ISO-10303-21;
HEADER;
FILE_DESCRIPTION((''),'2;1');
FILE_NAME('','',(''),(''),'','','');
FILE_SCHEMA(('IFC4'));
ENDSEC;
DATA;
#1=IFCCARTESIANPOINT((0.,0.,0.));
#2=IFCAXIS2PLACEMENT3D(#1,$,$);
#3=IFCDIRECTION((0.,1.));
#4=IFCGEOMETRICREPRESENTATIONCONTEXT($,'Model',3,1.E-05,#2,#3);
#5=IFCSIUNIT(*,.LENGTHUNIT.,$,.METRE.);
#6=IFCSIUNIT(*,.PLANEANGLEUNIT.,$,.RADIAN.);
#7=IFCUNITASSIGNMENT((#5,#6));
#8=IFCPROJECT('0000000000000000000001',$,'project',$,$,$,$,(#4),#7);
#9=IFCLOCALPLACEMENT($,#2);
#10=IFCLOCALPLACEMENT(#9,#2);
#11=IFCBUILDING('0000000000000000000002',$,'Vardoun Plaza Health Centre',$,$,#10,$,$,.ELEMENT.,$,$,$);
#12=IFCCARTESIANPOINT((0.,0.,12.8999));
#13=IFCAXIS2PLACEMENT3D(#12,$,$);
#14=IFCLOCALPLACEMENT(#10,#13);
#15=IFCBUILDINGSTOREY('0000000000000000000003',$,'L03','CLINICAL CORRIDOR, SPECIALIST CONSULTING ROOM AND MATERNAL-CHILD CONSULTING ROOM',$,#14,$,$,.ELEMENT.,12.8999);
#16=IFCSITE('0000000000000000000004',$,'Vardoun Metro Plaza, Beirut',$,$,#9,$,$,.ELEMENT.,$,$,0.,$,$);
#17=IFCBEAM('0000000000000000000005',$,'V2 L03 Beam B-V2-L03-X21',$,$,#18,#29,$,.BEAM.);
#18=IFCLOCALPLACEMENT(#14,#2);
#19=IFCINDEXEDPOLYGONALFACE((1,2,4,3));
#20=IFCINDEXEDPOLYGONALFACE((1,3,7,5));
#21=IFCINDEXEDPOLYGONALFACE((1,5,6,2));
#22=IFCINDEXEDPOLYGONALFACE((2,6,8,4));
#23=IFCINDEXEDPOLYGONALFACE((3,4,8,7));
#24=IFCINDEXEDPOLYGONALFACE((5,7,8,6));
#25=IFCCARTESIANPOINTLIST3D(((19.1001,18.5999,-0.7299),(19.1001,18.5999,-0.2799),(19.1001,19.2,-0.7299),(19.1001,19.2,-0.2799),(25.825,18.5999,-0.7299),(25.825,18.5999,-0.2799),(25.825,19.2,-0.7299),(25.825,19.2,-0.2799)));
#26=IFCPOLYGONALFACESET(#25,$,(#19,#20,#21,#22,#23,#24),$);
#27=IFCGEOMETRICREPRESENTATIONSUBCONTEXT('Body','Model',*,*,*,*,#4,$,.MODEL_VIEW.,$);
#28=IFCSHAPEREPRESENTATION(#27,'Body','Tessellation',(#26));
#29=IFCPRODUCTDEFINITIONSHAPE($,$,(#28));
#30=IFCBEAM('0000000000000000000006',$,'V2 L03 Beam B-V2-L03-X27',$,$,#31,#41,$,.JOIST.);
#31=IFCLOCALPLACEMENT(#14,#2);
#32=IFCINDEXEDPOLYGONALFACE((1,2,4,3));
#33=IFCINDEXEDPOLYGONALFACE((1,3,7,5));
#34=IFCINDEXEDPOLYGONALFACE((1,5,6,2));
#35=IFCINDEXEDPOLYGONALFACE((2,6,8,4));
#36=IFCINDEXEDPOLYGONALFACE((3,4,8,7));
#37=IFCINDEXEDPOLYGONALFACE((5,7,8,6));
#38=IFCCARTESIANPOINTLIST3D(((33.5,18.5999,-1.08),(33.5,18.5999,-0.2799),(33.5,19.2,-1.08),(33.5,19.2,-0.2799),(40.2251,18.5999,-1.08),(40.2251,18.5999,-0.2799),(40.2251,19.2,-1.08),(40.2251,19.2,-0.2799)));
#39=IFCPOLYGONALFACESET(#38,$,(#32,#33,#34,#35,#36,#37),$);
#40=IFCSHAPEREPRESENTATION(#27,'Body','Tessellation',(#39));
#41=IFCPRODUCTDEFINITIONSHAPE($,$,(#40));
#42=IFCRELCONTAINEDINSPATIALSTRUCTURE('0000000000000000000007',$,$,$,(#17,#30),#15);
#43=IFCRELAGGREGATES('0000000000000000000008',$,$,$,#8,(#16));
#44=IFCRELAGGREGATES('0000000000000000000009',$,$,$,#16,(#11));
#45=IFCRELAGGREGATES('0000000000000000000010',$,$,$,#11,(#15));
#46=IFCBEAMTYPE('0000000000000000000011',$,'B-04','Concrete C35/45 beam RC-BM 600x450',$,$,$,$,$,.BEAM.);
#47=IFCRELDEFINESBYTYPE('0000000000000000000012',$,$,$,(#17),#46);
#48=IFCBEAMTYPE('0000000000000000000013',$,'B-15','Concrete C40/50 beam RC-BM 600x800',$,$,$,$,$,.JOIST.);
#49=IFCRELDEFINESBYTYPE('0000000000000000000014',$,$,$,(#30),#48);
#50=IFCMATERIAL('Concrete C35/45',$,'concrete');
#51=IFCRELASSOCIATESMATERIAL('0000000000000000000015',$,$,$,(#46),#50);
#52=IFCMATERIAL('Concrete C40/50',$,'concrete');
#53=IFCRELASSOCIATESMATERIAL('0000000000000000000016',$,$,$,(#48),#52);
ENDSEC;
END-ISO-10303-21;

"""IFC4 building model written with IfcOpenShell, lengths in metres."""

from ifc_helpers import new_model, si_unit, direction, frame, origin, origin_2d, place, context, subcontext, project, spatial, rectangle, extrude, material, material_profile, profile_set, type_object, element, save


model = new_model("IFC4")

# Units and contexts
model_context = context("Model", 3, precision=1e-05, world=origin(), true_north=direction((0.0, 1.0)))
body_context = subcontext(model_context, "Body", "Model", "MODEL_VIEW")
ifc_project = project(units=[si_unit("LENGTHUNIT", "METRE"), si_unit("PLANEANGLEUNIT", "RADIAN")], contexts=[model_context])

# Site, building, storey
site_placement = place(None, origin())
site = spatial("IfcSite", under=ifc_project, at=site_placement, Name="Vardoun Metro Plaza, Beirut", CompositionType="ELEMENT", RefElevation=0.0)
building_placement = place(site_placement, origin())
building = spatial("IfcBuilding", under=site, at=building_placement, Name="Vardoun Plaza Health Centre", CompositionType="ELEMENT")
storey_placement = place(building_placement, frame((0.0, 0.0, 12.8999)))
storey = spatial("IfcBuildingStorey", under=building, at=storey_placement, Name="L03", Description="CLINICAL CORRIDOR, SPECIALIST CONSULTING ROOM AND MATERNAL-CHILD CONSULTING ROOM", CompositionType="ELEMENT", Elevation=12.8999)

# Beams
ifc_material_1 = material(Name="Concrete C35/45", Category="concrete")
ifc_material_profile_1 = material_profile(ifc_material_1, rectangle(XDim=0.6001, YDim=0.45, at=origin_2d()), Name="RC-BM 600x450")
ifc_profile_set_1 = profile_set([ifc_material_profile_1], Name="Concrete C35/45")
beam_type_1 = type_object("IfcBeamType", Name="B-04", Description="Concrete C35/45 beam RC-BM 600x450", PredefinedType="BEAM", material=ifc_profile_set_1)
beam_1_placement = place(storey_placement, frame((19.1001, 18.8999, -0.5049), z_axis=(1.0, 0.0, 0.0), x_axis=(0.0, 1.0, 0.0)))
element("IfcBeam", 1, at=beam_1_placement, inside=storey, type_object=beam_type_1, Name="V2 L03 Beam B-V2-L03-X21", PredefinedType="BEAM", context=body_context, shape_type="SweptSolid", body=[
    extrude(rectangle(XDim=0.6001, YDim=0.45, at=origin_2d()), origin(), (0.0, 0.0, 1.0), 6.7249),
])
ifc_material_2 = material(Name="Concrete C40/50", Category="concrete")
ifc_material_profile_2 = material_profile(ifc_material_2, rectangle(XDim=0.6001, YDim=0.8, at=origin_2d()), Name="RC-BM 600x800")
ifc_profile_set_2 = profile_set([ifc_material_profile_2], Name="Concrete C40/50")
beam_type_2 = type_object("IfcBeamType", Name="B-15", Description="Concrete C40/50 beam RC-BM 600x800", PredefinedType="JOIST", material=ifc_profile_set_2)
beam_2_placement = place(storey_placement, frame((33.5, 18.8999, -0.6799), z_axis=(1.0, 0.0, 0.0), x_axis=(0.0, 1.0, 0.0)))
element("IfcBeam", 2, at=beam_2_placement, inside=storey, type_object=beam_type_2, Name="V2 L03 Beam B-V2-L03-X27", PredefinedType="JOIST", context=body_context, shape_type="SweptSolid", body=[
    extrude(rectangle(XDim=0.6001, YDim=0.8, at=origin_2d()), origin(), (0.0, 0.0, 1.0), 6.7251),
])

save(model, "model.ifc")
